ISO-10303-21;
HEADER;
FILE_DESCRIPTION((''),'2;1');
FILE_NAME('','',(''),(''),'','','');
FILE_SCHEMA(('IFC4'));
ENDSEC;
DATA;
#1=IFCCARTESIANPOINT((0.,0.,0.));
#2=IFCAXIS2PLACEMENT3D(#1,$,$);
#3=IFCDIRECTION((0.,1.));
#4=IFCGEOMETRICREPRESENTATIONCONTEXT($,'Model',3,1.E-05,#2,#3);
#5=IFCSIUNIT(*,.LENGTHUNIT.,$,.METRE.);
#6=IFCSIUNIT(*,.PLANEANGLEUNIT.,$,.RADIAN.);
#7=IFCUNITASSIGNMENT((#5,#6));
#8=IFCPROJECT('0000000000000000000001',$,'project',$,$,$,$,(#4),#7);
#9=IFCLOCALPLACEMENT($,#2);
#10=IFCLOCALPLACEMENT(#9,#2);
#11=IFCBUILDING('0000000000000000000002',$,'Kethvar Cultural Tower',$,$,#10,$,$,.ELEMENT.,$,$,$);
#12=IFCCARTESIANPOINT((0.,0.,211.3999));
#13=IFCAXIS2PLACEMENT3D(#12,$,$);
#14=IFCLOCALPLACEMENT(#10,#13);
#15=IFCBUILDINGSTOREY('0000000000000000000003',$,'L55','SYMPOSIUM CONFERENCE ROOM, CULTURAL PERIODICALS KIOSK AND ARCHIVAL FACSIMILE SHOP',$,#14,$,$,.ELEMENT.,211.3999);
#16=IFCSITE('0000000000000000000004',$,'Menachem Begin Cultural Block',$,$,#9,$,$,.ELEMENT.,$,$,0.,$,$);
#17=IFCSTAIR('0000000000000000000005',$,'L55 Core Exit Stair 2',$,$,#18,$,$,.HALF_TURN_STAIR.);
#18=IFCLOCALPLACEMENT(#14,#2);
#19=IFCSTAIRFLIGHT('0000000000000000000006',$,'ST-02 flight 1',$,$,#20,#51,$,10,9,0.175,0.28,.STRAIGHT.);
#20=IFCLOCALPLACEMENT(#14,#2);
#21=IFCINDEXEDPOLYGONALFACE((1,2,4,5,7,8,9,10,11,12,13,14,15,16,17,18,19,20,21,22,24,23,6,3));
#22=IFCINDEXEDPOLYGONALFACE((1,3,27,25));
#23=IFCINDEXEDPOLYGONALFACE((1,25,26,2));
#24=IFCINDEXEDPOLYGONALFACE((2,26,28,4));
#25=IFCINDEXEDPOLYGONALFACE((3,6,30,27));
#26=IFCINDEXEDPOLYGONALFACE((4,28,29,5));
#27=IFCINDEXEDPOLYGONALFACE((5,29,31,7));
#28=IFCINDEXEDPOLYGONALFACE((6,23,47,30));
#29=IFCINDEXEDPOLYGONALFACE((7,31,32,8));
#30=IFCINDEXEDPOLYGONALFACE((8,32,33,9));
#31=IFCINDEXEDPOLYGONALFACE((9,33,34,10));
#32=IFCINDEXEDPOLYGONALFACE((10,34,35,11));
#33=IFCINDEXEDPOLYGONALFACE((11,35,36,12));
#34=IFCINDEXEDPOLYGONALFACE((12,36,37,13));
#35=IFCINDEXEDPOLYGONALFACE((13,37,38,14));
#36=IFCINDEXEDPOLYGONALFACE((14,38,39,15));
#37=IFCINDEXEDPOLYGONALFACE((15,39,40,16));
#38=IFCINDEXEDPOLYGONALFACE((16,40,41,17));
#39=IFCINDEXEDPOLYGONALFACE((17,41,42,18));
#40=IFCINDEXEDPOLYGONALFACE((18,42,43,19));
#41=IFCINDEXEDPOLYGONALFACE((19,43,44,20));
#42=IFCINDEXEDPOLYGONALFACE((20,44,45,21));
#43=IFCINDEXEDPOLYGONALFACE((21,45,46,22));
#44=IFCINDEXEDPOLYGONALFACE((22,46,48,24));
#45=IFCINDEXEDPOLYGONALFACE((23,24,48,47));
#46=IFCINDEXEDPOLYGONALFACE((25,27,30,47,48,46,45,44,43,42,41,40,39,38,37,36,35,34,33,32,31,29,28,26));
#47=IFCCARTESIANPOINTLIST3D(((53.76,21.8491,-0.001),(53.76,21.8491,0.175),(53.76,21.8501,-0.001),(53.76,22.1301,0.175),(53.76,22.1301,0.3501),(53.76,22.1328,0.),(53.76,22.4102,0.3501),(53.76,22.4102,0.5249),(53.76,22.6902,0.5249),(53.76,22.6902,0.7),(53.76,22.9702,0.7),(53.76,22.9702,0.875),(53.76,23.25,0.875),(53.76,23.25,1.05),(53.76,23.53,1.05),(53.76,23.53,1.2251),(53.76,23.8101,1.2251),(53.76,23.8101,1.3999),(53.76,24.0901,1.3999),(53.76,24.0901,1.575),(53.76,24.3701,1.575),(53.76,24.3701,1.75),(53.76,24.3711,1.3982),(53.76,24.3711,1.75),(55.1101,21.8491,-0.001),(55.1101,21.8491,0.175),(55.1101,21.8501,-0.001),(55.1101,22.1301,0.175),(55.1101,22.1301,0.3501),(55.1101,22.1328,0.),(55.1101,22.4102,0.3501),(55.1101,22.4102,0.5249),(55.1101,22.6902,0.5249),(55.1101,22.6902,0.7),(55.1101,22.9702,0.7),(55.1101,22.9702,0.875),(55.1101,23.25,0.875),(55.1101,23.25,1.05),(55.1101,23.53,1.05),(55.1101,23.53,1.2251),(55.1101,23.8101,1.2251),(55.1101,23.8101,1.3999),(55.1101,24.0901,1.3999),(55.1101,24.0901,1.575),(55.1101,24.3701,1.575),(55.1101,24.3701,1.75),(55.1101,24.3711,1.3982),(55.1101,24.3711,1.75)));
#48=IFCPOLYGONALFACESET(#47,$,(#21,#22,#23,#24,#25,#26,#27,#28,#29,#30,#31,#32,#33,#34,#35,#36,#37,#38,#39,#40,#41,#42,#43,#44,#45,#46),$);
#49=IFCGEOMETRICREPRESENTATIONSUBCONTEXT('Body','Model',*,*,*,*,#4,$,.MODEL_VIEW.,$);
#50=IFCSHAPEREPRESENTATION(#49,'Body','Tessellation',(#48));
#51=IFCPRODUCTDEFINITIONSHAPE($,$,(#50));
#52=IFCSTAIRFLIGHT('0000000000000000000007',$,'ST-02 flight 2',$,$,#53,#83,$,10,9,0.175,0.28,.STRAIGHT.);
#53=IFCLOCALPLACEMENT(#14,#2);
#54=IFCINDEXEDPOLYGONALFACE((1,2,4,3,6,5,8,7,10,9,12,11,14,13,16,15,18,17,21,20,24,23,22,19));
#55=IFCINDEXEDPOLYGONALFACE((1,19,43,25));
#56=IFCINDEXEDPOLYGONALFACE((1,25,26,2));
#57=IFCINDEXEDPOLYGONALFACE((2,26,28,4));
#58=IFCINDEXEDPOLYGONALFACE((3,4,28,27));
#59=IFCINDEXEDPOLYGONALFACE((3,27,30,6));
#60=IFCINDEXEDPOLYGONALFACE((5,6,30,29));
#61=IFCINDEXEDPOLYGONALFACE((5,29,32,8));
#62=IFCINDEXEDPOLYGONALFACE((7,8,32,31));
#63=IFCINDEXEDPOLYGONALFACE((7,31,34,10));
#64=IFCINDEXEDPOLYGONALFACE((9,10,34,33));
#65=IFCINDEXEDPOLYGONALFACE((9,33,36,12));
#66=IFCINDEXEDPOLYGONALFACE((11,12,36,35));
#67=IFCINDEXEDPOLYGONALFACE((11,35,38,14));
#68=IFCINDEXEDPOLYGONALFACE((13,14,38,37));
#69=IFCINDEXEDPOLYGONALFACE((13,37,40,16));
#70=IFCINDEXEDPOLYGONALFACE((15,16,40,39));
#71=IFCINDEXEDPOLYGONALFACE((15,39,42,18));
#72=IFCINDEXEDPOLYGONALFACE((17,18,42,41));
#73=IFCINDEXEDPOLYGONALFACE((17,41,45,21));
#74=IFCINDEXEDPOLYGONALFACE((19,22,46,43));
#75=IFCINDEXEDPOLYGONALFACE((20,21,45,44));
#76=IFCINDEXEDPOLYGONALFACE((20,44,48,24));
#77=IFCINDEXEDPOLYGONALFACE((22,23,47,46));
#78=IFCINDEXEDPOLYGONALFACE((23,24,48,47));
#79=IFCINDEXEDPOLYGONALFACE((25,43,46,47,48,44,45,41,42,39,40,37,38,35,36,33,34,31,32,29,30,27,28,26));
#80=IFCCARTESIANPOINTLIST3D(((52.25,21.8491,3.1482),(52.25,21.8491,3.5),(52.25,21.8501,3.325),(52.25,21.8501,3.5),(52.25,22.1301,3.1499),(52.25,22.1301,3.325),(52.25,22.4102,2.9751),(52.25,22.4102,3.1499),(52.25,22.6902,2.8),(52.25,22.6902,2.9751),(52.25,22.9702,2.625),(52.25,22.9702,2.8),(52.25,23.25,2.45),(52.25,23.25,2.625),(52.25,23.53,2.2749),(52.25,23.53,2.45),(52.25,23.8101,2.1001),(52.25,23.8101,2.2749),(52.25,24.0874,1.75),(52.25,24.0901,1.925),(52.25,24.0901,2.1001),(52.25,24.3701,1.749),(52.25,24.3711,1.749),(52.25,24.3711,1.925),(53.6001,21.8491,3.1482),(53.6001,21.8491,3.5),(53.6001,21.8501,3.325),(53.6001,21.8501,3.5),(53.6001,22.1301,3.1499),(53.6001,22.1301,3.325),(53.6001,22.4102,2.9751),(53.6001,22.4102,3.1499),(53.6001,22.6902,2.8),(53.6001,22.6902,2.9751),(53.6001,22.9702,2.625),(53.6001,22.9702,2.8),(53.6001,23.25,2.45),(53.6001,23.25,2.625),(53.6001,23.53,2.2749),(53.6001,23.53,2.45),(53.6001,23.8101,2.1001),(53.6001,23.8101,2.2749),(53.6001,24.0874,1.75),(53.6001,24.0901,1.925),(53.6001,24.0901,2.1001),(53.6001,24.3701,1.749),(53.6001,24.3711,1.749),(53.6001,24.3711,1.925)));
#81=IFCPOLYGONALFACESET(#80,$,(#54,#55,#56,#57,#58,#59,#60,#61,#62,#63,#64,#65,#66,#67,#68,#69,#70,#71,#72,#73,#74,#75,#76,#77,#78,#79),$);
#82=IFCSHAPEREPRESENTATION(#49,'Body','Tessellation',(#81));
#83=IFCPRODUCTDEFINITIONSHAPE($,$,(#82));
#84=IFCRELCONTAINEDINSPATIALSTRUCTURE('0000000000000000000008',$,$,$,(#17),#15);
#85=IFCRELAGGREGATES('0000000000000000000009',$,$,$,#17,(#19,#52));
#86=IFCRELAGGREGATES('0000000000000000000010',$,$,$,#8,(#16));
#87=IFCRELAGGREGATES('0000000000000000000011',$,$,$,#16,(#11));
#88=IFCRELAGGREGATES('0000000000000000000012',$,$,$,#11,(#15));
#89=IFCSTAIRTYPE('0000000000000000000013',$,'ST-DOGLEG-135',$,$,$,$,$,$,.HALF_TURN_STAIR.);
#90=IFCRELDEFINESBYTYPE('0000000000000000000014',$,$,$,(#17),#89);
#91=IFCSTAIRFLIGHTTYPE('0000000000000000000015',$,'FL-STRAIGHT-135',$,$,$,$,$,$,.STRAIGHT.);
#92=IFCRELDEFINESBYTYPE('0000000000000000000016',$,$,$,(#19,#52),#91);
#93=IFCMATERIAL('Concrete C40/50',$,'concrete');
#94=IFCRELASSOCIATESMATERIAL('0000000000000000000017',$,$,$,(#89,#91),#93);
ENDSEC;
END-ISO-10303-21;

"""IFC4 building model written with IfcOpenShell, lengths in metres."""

from ifc_helpers import new_model, si_unit, direction, frame, origin, place, context, subcontext, project, spatial, polyline, outline, extrude, material, type_object, element, aggregate, save


model = new_model("IFC4")

# Units and contexts
model_context = context("Model", 3, precision=1e-05, world=origin(), true_north=direction((0.0, 1.0)))
body_context = subcontext(model_context, "Body", "Model", "MODEL_VIEW")
ifc_project = project(units=[si_unit("LENGTHUNIT", "METRE"), si_unit("PLANEANGLEUNIT", "RADIAN")], contexts=[model_context])

# Site, building, storey
site_placement = place(None, origin())
site = spatial("IfcSite", under=ifc_project, at=site_placement, Name="Menachem Begin Cultural Block", CompositionType="ELEMENT", RefElevation=0.0)
building_placement = place(site_placement, origin())
building = spatial("IfcBuilding", under=site, at=building_placement, Name="Kethvar Cultural Tower", CompositionType="ELEMENT")
storey_placement = place(building_placement, frame((0.0, 0.0, 211.3999)))
storey = spatial("IfcBuildingStorey", under=building, at=storey_placement, Name="L55", Description="SYMPOSIUM CONFERENCE ROOM, CULTURAL PERIODICALS KIOSK AND ARCHIVAL FACSIMILE SHOP", CompositionType="ELEMENT", Elevation=211.3999)

# Stair, stair flights
ifc_material_1 = material(Name="Concrete C40/50", Category="concrete")
stair_type = type_object("IfcStairType", Name="ST-DOGLEG-135", PredefinedType="HALF_TURN_STAIR", material=ifc_material_1)
stair_placement = place(storey_placement, origin())
stair = element("IfcStair", 1, at=stair_placement, inside=storey, type_object=stair_type, Name="L55 Core Exit Stair 2", PredefinedType="HALF_TURN_STAIR")
stair_flight_type = type_object("IfcStairFlightType", Name="FL-STRAIGHT-135", PredefinedType="STRAIGHT", material=ifc_material_1)
stair_flight_1_placement = place(storey_placement, frame((54.4351, 21.8501, 0.0), z_axis=(0.0, 0.0, 1.0), x_axis=(0.0, 1.0, 0.0)))
stair_flight_1 = element("IfcStairFlight", 2, at=stair_flight_1_placement, type_object=stair_flight_type, Name="ST-02 flight 1", NumberOfRisers=10, NumberOfTreads=9, PredefinedType="STRAIGHT", RiserHeight=0.175, TreadLength=0.28, context=body_context, shape_type="SweptSolid", body=[
    extrude(outline(polyline([(-0.001, -0.001), (-0.001, 0.175), (0.28, 0.175), (0.28, 0.3501), (0.5601, 0.3501), (0.5601, 0.5249), (0.8401, 0.5249), (0.8401, 0.7), (1.1201, 0.7), (1.1201, 0.875), (1.3999, 0.875), (1.3999, 1.05), (1.6799, 1.05), (1.6799, 1.2251), (1.96, 1.2251), (1.96, 1.3999), (2.24, 1.3999), (2.24, 1.575), (2.52, 1.575), (2.52, 1.75), (2.521, 1.75), (2.521, 1.3982), (0.2827, 0.0), (0.0, -0.001), (-0.001, -0.001)])), frame((0.0, 0.675, 0.0), z_axis=(0.0, -1.0, 0.0), x_axis=(1.0, 0.0, 0.0)), (0.0, 0.0, 1.0), 1.3501),
])
stair_flight_2_placement = place(storey_placement, frame((52.925, 24.3701, 1.75), z_axis=(0.0, 0.0, 1.0), x_axis=(0.0, -1.0, 0.0)))
stair_flight_2 = element("IfcStairFlight", 3, at=stair_flight_2_placement, type_object=stair_flight_type, Name="ST-02 flight 2", NumberOfRisers=10, NumberOfTreads=9, PredefinedType="STRAIGHT", RiserHeight=0.175, TreadLength=0.28, context=body_context, shape_type="SweptSolid", body=[
    extrude(outline(polyline([(-0.001, -0.001), (-0.001, 0.175), (0.28, 0.175), (0.28, 0.3501), (0.5601, 0.3501), (0.5601, 0.5249), (0.8401, 0.5249), (0.8401, 0.7), (1.1201, 0.7), (1.1201, 0.875), (1.3999, 0.875), (1.3999, 1.05), (1.6799, 1.05), (1.6799, 1.2251), (1.96, 1.2251), (1.96, 1.3999), (2.24, 1.3999), (2.24, 1.575), (2.52, 1.575), (2.52, 1.75), (2.521, 1.75), (2.521, 1.3982), (0.2827, 0.0), (0.0, -0.001), (-0.001, -0.001)])), frame((0.0, 0.675, 0.0), z_axis=(0.0, -1.0, 0.0), x_axis=(1.0, 0.0, 0.0)), (0.0, 0.0, 1.0), 1.3501),
])
aggregate(stair, [stair_flight_1, stair_flight_2])

save(model, "model.ifc")
